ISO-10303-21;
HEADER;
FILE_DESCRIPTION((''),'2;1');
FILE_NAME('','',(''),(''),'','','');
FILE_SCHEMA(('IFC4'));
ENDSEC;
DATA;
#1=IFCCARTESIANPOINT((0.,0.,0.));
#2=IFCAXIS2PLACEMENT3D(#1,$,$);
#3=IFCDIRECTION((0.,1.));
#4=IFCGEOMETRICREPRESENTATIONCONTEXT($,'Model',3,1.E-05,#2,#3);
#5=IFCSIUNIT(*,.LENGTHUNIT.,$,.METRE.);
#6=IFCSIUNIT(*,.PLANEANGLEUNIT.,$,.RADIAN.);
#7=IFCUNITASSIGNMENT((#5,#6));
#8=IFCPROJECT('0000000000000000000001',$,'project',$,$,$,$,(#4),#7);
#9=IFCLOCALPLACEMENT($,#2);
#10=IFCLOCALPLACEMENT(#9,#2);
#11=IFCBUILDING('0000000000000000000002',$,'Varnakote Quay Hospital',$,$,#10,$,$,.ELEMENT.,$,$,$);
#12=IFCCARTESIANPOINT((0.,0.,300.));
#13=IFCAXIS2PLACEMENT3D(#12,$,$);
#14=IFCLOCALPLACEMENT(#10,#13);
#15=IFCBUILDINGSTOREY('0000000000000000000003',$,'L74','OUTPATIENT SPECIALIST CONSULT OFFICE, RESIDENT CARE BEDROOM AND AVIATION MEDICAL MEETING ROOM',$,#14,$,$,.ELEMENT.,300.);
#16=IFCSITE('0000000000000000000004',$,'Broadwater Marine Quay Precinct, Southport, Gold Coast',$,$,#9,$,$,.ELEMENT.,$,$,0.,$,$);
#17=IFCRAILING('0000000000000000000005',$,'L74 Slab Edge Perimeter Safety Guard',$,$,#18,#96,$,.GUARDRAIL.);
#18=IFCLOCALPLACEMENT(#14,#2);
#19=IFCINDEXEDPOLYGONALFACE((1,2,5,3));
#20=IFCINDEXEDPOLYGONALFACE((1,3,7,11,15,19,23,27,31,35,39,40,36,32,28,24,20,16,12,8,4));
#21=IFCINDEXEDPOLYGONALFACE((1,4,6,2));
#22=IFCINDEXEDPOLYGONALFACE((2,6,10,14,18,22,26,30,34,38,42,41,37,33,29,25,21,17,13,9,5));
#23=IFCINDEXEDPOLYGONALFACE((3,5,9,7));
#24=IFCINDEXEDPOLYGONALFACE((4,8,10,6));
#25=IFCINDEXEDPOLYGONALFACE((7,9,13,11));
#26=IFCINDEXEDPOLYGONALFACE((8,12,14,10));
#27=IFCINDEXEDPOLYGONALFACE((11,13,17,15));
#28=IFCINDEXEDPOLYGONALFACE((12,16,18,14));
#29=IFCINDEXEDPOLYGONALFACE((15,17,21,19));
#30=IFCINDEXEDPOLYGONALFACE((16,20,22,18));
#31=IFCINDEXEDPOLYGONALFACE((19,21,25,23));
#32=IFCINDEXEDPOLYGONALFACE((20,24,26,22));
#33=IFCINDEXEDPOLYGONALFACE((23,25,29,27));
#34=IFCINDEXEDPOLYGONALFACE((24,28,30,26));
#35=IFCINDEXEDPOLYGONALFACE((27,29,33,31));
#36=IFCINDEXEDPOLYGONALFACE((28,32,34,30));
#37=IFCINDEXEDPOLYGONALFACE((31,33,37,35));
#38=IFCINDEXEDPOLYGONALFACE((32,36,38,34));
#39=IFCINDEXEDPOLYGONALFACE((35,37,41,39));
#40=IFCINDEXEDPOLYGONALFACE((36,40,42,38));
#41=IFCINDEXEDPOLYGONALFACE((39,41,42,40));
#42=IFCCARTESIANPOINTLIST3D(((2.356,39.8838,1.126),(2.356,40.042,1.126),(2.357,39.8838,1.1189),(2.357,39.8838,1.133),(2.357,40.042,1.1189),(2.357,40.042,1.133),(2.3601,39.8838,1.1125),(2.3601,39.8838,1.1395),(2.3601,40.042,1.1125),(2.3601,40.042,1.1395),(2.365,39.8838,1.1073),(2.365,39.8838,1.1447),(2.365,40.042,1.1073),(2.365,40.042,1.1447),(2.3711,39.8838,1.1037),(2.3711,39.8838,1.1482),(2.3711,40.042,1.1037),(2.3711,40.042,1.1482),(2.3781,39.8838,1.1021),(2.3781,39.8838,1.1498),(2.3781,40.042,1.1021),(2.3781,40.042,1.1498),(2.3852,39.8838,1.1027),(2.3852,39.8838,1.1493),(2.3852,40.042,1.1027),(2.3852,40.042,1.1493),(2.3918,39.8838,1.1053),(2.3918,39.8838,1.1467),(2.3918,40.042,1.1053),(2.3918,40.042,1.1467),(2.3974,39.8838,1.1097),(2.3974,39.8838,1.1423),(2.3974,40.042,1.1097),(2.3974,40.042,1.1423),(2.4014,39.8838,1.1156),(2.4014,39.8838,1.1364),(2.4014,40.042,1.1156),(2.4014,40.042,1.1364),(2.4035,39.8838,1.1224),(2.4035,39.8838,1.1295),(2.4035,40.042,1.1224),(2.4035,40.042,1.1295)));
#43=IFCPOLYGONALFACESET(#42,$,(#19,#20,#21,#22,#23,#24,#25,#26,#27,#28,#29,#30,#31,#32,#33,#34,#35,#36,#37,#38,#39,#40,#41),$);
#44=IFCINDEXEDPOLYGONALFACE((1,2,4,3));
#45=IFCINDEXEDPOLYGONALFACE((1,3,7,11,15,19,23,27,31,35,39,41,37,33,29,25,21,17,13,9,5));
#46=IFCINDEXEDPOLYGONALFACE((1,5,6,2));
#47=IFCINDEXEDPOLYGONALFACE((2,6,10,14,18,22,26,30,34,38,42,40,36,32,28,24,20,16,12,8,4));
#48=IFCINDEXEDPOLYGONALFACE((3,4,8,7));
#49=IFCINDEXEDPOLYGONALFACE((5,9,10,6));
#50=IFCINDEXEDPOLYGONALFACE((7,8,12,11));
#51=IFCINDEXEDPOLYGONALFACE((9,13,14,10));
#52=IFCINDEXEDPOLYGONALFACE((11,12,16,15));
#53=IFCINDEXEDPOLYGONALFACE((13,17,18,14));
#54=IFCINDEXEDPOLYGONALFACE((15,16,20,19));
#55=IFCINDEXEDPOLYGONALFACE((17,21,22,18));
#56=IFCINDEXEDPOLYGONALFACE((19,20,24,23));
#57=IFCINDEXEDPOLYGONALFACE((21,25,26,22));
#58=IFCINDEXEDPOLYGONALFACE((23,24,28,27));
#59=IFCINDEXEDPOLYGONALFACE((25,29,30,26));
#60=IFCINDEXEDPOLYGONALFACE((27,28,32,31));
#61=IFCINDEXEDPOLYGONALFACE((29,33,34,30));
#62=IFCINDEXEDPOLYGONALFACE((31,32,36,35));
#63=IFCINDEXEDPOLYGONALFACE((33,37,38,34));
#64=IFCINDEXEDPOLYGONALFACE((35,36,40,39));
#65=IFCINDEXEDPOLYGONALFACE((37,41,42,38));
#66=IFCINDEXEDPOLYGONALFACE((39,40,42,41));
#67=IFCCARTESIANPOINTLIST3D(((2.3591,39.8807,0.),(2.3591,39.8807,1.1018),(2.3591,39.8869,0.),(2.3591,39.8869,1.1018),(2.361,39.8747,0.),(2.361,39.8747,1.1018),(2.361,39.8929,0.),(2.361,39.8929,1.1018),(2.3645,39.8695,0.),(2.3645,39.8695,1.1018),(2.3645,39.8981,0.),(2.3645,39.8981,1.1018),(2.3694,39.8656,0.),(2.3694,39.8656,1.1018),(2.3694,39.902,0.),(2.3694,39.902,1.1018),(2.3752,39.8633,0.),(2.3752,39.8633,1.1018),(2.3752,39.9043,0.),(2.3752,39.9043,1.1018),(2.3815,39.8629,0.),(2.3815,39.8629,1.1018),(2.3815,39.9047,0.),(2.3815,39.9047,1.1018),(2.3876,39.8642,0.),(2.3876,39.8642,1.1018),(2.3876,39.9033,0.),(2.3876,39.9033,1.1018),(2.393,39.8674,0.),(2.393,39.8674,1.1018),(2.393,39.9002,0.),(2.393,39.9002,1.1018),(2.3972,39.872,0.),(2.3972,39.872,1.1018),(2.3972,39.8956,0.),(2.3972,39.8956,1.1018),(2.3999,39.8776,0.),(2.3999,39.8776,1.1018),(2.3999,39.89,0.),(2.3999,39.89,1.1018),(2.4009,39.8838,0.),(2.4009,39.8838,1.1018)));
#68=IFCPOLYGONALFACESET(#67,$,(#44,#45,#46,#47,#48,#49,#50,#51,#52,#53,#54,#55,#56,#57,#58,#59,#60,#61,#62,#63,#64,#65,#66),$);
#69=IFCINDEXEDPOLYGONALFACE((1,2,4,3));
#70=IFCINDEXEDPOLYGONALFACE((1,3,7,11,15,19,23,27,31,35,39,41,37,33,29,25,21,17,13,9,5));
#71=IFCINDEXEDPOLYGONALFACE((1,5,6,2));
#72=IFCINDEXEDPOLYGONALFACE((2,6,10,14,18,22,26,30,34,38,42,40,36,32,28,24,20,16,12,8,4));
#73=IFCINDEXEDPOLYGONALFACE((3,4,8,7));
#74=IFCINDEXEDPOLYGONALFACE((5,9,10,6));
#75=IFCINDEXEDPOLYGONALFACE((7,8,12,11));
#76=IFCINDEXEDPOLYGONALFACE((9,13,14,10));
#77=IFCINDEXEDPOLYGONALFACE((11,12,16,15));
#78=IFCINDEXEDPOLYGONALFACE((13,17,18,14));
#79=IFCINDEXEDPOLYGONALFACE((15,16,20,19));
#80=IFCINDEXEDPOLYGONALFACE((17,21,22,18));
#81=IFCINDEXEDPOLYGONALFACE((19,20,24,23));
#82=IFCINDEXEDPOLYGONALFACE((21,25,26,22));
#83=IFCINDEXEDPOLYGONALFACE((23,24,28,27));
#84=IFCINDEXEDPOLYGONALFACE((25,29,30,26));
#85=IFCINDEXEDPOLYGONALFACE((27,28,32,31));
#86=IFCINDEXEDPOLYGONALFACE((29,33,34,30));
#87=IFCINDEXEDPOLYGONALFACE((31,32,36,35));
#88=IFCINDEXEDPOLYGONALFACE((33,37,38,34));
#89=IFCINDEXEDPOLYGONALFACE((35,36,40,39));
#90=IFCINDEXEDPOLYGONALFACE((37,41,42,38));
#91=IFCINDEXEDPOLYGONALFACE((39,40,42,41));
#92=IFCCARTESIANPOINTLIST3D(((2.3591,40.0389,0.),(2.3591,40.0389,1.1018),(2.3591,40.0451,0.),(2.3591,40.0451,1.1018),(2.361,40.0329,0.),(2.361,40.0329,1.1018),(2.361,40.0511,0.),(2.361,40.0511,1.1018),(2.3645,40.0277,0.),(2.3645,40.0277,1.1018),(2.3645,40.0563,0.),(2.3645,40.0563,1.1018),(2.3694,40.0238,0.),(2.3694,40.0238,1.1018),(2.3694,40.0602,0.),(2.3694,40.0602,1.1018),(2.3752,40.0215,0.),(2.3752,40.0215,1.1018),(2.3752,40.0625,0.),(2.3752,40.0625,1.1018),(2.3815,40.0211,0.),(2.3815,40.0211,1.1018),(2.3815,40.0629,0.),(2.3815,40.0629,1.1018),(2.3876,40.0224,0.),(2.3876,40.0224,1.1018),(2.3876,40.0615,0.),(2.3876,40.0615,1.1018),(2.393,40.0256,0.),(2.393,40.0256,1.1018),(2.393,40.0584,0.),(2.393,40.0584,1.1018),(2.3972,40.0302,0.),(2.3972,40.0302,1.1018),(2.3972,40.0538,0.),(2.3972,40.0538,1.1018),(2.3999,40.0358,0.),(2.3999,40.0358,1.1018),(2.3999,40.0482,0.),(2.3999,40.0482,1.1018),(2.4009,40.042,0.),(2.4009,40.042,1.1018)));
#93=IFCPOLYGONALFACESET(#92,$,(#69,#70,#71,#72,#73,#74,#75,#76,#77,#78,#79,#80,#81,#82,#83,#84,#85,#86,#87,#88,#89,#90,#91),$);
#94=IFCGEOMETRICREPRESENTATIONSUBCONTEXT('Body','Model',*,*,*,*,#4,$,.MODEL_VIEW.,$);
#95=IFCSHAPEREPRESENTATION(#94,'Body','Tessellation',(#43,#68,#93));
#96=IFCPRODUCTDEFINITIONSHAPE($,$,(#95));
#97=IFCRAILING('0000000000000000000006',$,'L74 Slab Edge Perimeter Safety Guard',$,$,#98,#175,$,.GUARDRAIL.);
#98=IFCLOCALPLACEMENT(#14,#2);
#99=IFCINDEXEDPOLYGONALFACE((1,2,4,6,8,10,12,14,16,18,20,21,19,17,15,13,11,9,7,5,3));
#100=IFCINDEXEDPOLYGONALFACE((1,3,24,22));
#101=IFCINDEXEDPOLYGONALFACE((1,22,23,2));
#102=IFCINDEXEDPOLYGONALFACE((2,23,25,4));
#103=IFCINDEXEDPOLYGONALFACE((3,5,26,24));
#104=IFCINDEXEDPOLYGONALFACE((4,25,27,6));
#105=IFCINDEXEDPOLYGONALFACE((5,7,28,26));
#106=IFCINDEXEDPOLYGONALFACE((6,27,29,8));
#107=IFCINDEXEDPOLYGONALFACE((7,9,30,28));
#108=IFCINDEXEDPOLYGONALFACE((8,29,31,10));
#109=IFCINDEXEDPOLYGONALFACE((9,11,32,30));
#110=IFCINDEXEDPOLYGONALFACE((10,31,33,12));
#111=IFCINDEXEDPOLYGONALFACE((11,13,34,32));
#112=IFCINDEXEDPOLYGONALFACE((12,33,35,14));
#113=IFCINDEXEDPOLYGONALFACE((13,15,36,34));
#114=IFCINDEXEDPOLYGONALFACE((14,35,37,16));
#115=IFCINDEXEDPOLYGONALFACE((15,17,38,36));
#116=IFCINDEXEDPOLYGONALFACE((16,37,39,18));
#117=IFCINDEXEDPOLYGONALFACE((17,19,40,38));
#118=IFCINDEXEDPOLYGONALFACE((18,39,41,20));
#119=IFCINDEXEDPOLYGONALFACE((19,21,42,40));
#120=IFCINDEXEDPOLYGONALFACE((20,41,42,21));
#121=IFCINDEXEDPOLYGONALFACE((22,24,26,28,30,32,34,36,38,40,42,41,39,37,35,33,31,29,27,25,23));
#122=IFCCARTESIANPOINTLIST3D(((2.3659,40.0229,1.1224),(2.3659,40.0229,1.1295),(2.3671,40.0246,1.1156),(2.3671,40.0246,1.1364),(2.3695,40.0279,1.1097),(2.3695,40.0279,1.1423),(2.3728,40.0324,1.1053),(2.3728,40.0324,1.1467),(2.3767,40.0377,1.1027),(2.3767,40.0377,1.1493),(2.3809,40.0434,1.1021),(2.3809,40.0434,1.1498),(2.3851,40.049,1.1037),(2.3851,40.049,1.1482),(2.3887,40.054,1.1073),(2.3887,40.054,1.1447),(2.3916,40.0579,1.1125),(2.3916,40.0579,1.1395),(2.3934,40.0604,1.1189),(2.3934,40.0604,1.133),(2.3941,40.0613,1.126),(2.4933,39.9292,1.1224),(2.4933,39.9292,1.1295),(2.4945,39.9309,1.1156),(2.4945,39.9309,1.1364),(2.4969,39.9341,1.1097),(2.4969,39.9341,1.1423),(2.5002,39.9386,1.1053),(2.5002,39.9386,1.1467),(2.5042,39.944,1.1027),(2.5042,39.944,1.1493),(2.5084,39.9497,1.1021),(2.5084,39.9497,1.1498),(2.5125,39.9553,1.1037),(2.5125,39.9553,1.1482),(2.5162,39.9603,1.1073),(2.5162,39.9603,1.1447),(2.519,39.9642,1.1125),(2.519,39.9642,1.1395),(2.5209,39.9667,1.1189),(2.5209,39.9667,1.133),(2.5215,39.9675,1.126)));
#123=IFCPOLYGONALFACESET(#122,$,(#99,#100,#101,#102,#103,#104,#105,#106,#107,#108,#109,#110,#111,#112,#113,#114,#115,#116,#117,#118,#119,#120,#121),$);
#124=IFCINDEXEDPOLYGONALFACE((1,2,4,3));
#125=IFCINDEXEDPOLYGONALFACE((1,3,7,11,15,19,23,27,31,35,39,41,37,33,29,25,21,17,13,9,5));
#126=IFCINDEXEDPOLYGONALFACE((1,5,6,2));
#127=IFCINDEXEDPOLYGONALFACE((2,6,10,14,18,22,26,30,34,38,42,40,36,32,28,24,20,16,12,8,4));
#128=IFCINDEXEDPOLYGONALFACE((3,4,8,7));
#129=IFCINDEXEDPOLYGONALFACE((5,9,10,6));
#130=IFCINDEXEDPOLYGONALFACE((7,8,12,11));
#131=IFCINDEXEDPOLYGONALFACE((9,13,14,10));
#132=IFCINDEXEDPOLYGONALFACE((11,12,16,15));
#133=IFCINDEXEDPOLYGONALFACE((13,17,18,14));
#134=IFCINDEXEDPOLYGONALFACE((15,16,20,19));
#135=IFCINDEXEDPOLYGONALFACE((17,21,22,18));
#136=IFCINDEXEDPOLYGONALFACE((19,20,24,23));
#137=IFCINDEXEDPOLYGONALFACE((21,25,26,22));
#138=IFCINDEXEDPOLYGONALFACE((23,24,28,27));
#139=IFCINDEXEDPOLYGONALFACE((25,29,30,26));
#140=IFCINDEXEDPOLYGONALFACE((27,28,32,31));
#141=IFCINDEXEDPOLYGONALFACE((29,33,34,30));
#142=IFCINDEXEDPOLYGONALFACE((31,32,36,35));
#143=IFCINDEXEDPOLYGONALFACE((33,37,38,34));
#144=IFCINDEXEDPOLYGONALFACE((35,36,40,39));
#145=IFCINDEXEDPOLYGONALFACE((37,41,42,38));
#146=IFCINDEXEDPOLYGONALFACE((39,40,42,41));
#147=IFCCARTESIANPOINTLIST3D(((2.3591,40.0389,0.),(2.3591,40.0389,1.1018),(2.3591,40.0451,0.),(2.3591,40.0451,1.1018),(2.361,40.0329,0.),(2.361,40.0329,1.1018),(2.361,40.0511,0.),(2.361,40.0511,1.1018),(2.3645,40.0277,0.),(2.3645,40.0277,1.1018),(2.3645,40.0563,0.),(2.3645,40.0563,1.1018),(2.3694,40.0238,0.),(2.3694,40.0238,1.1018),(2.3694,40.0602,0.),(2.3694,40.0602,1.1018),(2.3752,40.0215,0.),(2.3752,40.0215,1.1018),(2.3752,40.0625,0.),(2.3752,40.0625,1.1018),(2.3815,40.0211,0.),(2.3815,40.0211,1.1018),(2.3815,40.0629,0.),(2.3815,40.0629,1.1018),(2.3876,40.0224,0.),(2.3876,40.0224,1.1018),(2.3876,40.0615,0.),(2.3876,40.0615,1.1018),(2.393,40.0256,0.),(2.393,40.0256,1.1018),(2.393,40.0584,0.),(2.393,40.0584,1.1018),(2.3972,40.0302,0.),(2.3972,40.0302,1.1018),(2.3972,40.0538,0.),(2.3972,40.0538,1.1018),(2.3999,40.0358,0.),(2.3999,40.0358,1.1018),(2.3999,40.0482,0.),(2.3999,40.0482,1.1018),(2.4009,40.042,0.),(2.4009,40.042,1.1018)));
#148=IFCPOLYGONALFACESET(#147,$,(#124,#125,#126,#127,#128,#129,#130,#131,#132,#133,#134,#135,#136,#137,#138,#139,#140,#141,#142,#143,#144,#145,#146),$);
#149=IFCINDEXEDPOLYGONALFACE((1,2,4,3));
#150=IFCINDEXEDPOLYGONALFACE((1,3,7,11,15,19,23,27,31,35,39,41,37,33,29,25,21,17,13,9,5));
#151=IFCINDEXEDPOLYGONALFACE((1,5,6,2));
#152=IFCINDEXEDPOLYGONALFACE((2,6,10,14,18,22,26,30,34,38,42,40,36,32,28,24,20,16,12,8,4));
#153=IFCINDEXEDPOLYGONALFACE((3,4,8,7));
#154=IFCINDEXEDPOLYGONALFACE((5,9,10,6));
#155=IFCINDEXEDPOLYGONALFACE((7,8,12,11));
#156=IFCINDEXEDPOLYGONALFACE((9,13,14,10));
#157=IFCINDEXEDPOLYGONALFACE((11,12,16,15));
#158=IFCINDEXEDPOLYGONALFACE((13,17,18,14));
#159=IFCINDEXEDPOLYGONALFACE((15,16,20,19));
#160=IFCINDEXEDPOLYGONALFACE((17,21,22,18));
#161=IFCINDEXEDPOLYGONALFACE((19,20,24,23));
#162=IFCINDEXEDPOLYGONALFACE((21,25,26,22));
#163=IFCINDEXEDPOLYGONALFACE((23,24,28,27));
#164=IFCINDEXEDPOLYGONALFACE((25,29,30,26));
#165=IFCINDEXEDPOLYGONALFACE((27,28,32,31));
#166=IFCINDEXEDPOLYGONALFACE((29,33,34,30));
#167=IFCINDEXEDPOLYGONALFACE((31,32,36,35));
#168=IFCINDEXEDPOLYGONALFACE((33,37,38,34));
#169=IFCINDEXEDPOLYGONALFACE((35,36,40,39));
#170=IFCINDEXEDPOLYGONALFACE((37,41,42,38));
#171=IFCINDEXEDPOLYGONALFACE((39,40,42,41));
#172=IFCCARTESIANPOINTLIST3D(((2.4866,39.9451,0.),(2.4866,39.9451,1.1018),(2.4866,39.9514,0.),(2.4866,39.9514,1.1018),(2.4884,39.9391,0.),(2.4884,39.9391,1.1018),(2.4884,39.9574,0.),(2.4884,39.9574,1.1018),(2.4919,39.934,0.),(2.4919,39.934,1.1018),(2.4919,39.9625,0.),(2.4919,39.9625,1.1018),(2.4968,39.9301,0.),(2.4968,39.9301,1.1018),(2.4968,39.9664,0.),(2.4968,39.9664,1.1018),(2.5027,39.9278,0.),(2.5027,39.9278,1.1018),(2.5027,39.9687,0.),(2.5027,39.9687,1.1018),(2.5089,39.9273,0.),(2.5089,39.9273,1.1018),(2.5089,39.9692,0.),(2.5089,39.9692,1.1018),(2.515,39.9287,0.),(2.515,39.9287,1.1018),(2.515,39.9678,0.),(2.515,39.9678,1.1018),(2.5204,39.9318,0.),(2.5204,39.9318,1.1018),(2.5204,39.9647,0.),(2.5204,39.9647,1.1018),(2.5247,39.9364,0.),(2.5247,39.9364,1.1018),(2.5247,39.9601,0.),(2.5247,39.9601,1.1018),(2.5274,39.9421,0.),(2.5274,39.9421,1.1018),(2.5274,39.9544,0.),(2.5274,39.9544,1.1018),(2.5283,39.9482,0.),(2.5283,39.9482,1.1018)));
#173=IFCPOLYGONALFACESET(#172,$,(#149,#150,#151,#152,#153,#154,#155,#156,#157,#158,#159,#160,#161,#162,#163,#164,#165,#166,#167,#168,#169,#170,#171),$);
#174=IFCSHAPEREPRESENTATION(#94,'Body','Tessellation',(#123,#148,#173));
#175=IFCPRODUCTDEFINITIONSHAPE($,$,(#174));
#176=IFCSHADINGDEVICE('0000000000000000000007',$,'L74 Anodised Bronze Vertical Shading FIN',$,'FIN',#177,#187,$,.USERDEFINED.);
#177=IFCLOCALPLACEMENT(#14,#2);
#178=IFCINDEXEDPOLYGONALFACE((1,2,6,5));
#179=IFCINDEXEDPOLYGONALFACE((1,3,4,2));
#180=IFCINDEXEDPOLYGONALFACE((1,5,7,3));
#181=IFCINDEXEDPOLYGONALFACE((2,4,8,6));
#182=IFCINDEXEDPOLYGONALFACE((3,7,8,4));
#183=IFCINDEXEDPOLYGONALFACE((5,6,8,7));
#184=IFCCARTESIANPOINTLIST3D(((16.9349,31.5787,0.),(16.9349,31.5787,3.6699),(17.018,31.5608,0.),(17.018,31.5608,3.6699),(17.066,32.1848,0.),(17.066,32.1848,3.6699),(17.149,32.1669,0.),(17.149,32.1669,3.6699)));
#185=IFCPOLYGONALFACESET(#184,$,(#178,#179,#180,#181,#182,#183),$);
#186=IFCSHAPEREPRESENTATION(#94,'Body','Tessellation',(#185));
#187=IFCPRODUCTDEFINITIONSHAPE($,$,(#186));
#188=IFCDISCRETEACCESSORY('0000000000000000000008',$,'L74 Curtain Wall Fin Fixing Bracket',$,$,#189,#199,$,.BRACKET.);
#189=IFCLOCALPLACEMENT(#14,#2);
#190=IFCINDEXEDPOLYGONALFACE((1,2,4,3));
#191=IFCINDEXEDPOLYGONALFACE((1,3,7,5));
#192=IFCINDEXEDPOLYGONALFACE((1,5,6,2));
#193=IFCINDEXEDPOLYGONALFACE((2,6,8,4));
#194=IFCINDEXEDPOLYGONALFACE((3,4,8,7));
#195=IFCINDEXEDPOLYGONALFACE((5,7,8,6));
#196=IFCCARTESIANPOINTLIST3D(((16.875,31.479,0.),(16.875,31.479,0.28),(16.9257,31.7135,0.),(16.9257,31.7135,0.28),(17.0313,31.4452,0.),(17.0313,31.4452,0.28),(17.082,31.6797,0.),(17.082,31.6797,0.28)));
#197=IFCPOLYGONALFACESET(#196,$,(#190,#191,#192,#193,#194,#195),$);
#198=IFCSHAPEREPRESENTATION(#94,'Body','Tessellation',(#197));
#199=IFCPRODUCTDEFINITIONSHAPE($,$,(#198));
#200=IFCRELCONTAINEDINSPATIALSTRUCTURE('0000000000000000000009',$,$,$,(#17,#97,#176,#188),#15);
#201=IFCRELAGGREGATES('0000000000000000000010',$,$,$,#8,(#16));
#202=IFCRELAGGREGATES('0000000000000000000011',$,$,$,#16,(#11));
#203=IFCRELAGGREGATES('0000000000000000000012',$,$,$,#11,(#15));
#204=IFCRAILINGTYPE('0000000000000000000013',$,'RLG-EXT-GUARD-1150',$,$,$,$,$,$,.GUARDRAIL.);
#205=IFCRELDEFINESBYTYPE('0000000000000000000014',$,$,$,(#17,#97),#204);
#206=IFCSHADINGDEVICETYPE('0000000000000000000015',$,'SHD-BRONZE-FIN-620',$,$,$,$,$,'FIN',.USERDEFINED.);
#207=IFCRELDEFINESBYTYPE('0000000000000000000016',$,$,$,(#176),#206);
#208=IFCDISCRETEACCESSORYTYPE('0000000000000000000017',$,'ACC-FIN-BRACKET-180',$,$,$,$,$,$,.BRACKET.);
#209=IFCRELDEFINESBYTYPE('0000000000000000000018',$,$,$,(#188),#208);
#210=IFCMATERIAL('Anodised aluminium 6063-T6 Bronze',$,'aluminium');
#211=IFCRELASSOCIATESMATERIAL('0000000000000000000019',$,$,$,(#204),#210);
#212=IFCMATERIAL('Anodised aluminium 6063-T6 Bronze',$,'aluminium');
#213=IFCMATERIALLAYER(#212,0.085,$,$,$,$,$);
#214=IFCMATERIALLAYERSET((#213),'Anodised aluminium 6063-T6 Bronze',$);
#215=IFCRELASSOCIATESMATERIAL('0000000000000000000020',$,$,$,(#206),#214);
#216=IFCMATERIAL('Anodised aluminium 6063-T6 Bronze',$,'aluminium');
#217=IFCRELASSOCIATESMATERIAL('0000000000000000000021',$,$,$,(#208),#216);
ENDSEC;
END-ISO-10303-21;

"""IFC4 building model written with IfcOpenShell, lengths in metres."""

from ifc_helpers import new_model, si_unit, direction, frame, origin, origin_2d, place, context, subcontext, project, spatial, rectangle, circle, extrude, material, layer, layer_set, type_object, element, save


model = new_model("IFC4")

# Units and contexts
model_context = context("Model", 3, precision=1e-05, world=origin(), true_north=direction((0.0, 1.0)))
body_context = subcontext(model_context, "Body", "Model", "MODEL_VIEW")
ifc_project = project(units=[si_unit("LENGTHUNIT", "METRE"), si_unit("PLANEANGLEUNIT", "RADIAN")], contexts=[model_context])

# Site, building, storey
site_placement = place(None, origin())
site = spatial("IfcSite", under=ifc_project, at=site_placement, Name="Broadwater Marine Quay Precinct, Southport, Gold Coast", CompositionType="ELEMENT", RefElevation=0.0)
building_placement = place(site_placement, origin())
building = spatial("IfcBuilding", under=site, at=building_placement, Name="Varnakote Quay Hospital", CompositionType="ELEMENT")
storey_placement = place(building_placement, frame((0.0, 0.0, 300.0)))
storey = spatial("IfcBuildingStorey", under=building, at=storey_placement, Name="L74", Description="OUTPATIENT SPECIALIST CONSULT OFFICE, RESIDENT CARE BEDROOM AND AVIATION MEDICAL MEETING ROOM", CompositionType="ELEMENT", Elevation=300.0)

# Railings
ifc_material_1 = material(Name="Anodised aluminium 6063-T6 Bronze", Category="aluminium")
railing_type = type_object("IfcRailingType", Name="RLG-EXT-GUARD-1150", PredefinedType="GUARDRAIL", material=ifc_material_1)
railing_1_placement = place(storey_placement, frame((2.3799, 39.8838, 0.0)))
element("IfcRailing", 1, at=railing_1_placement, inside=storey, type_object=railing_type, Name="L74 Slab Edge Perimeter Safety Guard", PredefinedType="GUARDRAIL", context=body_context, shape_type="SweptSolid", body=[
    extrude(circle(Radius=0.0239, at=origin_2d()), frame((0.0, 0.0, 1.126), z_axis=(0.0, 1.0, 0.0), x_axis=(-1.0, 0.0, 0.0)), (0.0, 0.0, 1.0), 0.1582),
    extrude(circle(Radius=0.021, at=origin_2d()), origin(), (0.0, 0.0, 1.0), 1.1018),
    extrude(circle(Radius=0.021, at=origin_2d()), frame((0.0, 0.1582, 0.0)), (0.0, 0.0, 1.0), 1.1018),
])
railing_2_placement = place(storey_placement, frame((2.3799, 40.042, 0.0)))
element("IfcRailing", 2, at=railing_2_placement, inside=storey, type_object=railing_type, Name="L74 Slab Edge Perimeter Safety Guard", PredefinedType="GUARDRAIL", context=body_context, shape_type="SweptSolid", body=[
    extrude(circle(Radius=0.0239, at=origin_2d()), frame((0.0, 0.0, 1.126), z_axis=(0.805521, -0.592567, 0.0), x_axis=(0.592567, 0.805521, 0.0)), (0.0, 0.0, 1.0), 0.1582),
    extrude(circle(Radius=0.021, at=origin_2d()), origin(), (0.0, 0.0, 1.0), 1.1018),
    extrude(circle(Radius=0.021, at=origin_2d()), frame((0.1274, -0.0938, 0.0)), (0.0, 0.0, 1.0), 1.1018),
])

# Shading device
ifc_material_2 = material(Name="Anodised aluminium 6063-T6 Bronze", Category="aluminium")
ifc_layer_1 = layer(ifc_material_2, 0.085)
ifc_layer_set_1 = layer_set([ifc_layer_1], Name="Anodised aluminium 6063-T6 Bronze")
shading_device_type = type_object("IfcShadingDeviceType", Name="SHD-BRONZE-FIN-620", ElementType="FIN", PredefinedType="USERDEFINED", material=ifc_layer_set_1)
shading_device_placement = place(storey_placement, frame((17.042, 31.8728, 0.0), z_axis=(0.0, 0.0, 1.0), x_axis=(-0.211325, -0.977416, 0.0)))
element("IfcShadingDevice", 3, at=shading_device_placement, inside=storey, type_object=shading_device_type, Name="L74 Anodised Bronze Vertical Shading FIN", ObjectType="FIN", PredefinedType="USERDEFINED", context=body_context, shape_type="SweptSolid", body=[
    extrude(rectangle(XDim=0.6201, YDim=0.085, at=origin_2d()), origin(), (0.0, 0.0, 1.0), 3.6699),
])

# Discrete accessory
ifc_material_3 = material(Name="Anodised aluminium 6063-T6 Bronze", Category="aluminium")
discrete_accessory_type = type_object("IfcDiscreteAccessoryType", Name="ACC-FIN-BRACKET-180", PredefinedType="BRACKET", material=ifc_material_3)
discrete_accessory_placement = place(storey_placement, frame((16.9785, 31.5793, 0.0), z_axis=(0.0, 0.0, 1.0), x_axis=(-0.977416, 0.211325, 0.0)))
element("IfcDiscreteAccessory", 4, at=discrete_accessory_placement, inside=storey, type_object=discrete_accessory_type, Name="L74 Curtain Wall Fin Fixing Bracket", PredefinedType="BRACKET", context=body_context, shape_type="SweptSolid", body=[
    extrude(rectangle(XDim=0.1599, YDim=0.24, at=origin_2d()), origin(), (0.0, 0.0, 1.0), 0.28),
])

save(model, "model.ifc")
